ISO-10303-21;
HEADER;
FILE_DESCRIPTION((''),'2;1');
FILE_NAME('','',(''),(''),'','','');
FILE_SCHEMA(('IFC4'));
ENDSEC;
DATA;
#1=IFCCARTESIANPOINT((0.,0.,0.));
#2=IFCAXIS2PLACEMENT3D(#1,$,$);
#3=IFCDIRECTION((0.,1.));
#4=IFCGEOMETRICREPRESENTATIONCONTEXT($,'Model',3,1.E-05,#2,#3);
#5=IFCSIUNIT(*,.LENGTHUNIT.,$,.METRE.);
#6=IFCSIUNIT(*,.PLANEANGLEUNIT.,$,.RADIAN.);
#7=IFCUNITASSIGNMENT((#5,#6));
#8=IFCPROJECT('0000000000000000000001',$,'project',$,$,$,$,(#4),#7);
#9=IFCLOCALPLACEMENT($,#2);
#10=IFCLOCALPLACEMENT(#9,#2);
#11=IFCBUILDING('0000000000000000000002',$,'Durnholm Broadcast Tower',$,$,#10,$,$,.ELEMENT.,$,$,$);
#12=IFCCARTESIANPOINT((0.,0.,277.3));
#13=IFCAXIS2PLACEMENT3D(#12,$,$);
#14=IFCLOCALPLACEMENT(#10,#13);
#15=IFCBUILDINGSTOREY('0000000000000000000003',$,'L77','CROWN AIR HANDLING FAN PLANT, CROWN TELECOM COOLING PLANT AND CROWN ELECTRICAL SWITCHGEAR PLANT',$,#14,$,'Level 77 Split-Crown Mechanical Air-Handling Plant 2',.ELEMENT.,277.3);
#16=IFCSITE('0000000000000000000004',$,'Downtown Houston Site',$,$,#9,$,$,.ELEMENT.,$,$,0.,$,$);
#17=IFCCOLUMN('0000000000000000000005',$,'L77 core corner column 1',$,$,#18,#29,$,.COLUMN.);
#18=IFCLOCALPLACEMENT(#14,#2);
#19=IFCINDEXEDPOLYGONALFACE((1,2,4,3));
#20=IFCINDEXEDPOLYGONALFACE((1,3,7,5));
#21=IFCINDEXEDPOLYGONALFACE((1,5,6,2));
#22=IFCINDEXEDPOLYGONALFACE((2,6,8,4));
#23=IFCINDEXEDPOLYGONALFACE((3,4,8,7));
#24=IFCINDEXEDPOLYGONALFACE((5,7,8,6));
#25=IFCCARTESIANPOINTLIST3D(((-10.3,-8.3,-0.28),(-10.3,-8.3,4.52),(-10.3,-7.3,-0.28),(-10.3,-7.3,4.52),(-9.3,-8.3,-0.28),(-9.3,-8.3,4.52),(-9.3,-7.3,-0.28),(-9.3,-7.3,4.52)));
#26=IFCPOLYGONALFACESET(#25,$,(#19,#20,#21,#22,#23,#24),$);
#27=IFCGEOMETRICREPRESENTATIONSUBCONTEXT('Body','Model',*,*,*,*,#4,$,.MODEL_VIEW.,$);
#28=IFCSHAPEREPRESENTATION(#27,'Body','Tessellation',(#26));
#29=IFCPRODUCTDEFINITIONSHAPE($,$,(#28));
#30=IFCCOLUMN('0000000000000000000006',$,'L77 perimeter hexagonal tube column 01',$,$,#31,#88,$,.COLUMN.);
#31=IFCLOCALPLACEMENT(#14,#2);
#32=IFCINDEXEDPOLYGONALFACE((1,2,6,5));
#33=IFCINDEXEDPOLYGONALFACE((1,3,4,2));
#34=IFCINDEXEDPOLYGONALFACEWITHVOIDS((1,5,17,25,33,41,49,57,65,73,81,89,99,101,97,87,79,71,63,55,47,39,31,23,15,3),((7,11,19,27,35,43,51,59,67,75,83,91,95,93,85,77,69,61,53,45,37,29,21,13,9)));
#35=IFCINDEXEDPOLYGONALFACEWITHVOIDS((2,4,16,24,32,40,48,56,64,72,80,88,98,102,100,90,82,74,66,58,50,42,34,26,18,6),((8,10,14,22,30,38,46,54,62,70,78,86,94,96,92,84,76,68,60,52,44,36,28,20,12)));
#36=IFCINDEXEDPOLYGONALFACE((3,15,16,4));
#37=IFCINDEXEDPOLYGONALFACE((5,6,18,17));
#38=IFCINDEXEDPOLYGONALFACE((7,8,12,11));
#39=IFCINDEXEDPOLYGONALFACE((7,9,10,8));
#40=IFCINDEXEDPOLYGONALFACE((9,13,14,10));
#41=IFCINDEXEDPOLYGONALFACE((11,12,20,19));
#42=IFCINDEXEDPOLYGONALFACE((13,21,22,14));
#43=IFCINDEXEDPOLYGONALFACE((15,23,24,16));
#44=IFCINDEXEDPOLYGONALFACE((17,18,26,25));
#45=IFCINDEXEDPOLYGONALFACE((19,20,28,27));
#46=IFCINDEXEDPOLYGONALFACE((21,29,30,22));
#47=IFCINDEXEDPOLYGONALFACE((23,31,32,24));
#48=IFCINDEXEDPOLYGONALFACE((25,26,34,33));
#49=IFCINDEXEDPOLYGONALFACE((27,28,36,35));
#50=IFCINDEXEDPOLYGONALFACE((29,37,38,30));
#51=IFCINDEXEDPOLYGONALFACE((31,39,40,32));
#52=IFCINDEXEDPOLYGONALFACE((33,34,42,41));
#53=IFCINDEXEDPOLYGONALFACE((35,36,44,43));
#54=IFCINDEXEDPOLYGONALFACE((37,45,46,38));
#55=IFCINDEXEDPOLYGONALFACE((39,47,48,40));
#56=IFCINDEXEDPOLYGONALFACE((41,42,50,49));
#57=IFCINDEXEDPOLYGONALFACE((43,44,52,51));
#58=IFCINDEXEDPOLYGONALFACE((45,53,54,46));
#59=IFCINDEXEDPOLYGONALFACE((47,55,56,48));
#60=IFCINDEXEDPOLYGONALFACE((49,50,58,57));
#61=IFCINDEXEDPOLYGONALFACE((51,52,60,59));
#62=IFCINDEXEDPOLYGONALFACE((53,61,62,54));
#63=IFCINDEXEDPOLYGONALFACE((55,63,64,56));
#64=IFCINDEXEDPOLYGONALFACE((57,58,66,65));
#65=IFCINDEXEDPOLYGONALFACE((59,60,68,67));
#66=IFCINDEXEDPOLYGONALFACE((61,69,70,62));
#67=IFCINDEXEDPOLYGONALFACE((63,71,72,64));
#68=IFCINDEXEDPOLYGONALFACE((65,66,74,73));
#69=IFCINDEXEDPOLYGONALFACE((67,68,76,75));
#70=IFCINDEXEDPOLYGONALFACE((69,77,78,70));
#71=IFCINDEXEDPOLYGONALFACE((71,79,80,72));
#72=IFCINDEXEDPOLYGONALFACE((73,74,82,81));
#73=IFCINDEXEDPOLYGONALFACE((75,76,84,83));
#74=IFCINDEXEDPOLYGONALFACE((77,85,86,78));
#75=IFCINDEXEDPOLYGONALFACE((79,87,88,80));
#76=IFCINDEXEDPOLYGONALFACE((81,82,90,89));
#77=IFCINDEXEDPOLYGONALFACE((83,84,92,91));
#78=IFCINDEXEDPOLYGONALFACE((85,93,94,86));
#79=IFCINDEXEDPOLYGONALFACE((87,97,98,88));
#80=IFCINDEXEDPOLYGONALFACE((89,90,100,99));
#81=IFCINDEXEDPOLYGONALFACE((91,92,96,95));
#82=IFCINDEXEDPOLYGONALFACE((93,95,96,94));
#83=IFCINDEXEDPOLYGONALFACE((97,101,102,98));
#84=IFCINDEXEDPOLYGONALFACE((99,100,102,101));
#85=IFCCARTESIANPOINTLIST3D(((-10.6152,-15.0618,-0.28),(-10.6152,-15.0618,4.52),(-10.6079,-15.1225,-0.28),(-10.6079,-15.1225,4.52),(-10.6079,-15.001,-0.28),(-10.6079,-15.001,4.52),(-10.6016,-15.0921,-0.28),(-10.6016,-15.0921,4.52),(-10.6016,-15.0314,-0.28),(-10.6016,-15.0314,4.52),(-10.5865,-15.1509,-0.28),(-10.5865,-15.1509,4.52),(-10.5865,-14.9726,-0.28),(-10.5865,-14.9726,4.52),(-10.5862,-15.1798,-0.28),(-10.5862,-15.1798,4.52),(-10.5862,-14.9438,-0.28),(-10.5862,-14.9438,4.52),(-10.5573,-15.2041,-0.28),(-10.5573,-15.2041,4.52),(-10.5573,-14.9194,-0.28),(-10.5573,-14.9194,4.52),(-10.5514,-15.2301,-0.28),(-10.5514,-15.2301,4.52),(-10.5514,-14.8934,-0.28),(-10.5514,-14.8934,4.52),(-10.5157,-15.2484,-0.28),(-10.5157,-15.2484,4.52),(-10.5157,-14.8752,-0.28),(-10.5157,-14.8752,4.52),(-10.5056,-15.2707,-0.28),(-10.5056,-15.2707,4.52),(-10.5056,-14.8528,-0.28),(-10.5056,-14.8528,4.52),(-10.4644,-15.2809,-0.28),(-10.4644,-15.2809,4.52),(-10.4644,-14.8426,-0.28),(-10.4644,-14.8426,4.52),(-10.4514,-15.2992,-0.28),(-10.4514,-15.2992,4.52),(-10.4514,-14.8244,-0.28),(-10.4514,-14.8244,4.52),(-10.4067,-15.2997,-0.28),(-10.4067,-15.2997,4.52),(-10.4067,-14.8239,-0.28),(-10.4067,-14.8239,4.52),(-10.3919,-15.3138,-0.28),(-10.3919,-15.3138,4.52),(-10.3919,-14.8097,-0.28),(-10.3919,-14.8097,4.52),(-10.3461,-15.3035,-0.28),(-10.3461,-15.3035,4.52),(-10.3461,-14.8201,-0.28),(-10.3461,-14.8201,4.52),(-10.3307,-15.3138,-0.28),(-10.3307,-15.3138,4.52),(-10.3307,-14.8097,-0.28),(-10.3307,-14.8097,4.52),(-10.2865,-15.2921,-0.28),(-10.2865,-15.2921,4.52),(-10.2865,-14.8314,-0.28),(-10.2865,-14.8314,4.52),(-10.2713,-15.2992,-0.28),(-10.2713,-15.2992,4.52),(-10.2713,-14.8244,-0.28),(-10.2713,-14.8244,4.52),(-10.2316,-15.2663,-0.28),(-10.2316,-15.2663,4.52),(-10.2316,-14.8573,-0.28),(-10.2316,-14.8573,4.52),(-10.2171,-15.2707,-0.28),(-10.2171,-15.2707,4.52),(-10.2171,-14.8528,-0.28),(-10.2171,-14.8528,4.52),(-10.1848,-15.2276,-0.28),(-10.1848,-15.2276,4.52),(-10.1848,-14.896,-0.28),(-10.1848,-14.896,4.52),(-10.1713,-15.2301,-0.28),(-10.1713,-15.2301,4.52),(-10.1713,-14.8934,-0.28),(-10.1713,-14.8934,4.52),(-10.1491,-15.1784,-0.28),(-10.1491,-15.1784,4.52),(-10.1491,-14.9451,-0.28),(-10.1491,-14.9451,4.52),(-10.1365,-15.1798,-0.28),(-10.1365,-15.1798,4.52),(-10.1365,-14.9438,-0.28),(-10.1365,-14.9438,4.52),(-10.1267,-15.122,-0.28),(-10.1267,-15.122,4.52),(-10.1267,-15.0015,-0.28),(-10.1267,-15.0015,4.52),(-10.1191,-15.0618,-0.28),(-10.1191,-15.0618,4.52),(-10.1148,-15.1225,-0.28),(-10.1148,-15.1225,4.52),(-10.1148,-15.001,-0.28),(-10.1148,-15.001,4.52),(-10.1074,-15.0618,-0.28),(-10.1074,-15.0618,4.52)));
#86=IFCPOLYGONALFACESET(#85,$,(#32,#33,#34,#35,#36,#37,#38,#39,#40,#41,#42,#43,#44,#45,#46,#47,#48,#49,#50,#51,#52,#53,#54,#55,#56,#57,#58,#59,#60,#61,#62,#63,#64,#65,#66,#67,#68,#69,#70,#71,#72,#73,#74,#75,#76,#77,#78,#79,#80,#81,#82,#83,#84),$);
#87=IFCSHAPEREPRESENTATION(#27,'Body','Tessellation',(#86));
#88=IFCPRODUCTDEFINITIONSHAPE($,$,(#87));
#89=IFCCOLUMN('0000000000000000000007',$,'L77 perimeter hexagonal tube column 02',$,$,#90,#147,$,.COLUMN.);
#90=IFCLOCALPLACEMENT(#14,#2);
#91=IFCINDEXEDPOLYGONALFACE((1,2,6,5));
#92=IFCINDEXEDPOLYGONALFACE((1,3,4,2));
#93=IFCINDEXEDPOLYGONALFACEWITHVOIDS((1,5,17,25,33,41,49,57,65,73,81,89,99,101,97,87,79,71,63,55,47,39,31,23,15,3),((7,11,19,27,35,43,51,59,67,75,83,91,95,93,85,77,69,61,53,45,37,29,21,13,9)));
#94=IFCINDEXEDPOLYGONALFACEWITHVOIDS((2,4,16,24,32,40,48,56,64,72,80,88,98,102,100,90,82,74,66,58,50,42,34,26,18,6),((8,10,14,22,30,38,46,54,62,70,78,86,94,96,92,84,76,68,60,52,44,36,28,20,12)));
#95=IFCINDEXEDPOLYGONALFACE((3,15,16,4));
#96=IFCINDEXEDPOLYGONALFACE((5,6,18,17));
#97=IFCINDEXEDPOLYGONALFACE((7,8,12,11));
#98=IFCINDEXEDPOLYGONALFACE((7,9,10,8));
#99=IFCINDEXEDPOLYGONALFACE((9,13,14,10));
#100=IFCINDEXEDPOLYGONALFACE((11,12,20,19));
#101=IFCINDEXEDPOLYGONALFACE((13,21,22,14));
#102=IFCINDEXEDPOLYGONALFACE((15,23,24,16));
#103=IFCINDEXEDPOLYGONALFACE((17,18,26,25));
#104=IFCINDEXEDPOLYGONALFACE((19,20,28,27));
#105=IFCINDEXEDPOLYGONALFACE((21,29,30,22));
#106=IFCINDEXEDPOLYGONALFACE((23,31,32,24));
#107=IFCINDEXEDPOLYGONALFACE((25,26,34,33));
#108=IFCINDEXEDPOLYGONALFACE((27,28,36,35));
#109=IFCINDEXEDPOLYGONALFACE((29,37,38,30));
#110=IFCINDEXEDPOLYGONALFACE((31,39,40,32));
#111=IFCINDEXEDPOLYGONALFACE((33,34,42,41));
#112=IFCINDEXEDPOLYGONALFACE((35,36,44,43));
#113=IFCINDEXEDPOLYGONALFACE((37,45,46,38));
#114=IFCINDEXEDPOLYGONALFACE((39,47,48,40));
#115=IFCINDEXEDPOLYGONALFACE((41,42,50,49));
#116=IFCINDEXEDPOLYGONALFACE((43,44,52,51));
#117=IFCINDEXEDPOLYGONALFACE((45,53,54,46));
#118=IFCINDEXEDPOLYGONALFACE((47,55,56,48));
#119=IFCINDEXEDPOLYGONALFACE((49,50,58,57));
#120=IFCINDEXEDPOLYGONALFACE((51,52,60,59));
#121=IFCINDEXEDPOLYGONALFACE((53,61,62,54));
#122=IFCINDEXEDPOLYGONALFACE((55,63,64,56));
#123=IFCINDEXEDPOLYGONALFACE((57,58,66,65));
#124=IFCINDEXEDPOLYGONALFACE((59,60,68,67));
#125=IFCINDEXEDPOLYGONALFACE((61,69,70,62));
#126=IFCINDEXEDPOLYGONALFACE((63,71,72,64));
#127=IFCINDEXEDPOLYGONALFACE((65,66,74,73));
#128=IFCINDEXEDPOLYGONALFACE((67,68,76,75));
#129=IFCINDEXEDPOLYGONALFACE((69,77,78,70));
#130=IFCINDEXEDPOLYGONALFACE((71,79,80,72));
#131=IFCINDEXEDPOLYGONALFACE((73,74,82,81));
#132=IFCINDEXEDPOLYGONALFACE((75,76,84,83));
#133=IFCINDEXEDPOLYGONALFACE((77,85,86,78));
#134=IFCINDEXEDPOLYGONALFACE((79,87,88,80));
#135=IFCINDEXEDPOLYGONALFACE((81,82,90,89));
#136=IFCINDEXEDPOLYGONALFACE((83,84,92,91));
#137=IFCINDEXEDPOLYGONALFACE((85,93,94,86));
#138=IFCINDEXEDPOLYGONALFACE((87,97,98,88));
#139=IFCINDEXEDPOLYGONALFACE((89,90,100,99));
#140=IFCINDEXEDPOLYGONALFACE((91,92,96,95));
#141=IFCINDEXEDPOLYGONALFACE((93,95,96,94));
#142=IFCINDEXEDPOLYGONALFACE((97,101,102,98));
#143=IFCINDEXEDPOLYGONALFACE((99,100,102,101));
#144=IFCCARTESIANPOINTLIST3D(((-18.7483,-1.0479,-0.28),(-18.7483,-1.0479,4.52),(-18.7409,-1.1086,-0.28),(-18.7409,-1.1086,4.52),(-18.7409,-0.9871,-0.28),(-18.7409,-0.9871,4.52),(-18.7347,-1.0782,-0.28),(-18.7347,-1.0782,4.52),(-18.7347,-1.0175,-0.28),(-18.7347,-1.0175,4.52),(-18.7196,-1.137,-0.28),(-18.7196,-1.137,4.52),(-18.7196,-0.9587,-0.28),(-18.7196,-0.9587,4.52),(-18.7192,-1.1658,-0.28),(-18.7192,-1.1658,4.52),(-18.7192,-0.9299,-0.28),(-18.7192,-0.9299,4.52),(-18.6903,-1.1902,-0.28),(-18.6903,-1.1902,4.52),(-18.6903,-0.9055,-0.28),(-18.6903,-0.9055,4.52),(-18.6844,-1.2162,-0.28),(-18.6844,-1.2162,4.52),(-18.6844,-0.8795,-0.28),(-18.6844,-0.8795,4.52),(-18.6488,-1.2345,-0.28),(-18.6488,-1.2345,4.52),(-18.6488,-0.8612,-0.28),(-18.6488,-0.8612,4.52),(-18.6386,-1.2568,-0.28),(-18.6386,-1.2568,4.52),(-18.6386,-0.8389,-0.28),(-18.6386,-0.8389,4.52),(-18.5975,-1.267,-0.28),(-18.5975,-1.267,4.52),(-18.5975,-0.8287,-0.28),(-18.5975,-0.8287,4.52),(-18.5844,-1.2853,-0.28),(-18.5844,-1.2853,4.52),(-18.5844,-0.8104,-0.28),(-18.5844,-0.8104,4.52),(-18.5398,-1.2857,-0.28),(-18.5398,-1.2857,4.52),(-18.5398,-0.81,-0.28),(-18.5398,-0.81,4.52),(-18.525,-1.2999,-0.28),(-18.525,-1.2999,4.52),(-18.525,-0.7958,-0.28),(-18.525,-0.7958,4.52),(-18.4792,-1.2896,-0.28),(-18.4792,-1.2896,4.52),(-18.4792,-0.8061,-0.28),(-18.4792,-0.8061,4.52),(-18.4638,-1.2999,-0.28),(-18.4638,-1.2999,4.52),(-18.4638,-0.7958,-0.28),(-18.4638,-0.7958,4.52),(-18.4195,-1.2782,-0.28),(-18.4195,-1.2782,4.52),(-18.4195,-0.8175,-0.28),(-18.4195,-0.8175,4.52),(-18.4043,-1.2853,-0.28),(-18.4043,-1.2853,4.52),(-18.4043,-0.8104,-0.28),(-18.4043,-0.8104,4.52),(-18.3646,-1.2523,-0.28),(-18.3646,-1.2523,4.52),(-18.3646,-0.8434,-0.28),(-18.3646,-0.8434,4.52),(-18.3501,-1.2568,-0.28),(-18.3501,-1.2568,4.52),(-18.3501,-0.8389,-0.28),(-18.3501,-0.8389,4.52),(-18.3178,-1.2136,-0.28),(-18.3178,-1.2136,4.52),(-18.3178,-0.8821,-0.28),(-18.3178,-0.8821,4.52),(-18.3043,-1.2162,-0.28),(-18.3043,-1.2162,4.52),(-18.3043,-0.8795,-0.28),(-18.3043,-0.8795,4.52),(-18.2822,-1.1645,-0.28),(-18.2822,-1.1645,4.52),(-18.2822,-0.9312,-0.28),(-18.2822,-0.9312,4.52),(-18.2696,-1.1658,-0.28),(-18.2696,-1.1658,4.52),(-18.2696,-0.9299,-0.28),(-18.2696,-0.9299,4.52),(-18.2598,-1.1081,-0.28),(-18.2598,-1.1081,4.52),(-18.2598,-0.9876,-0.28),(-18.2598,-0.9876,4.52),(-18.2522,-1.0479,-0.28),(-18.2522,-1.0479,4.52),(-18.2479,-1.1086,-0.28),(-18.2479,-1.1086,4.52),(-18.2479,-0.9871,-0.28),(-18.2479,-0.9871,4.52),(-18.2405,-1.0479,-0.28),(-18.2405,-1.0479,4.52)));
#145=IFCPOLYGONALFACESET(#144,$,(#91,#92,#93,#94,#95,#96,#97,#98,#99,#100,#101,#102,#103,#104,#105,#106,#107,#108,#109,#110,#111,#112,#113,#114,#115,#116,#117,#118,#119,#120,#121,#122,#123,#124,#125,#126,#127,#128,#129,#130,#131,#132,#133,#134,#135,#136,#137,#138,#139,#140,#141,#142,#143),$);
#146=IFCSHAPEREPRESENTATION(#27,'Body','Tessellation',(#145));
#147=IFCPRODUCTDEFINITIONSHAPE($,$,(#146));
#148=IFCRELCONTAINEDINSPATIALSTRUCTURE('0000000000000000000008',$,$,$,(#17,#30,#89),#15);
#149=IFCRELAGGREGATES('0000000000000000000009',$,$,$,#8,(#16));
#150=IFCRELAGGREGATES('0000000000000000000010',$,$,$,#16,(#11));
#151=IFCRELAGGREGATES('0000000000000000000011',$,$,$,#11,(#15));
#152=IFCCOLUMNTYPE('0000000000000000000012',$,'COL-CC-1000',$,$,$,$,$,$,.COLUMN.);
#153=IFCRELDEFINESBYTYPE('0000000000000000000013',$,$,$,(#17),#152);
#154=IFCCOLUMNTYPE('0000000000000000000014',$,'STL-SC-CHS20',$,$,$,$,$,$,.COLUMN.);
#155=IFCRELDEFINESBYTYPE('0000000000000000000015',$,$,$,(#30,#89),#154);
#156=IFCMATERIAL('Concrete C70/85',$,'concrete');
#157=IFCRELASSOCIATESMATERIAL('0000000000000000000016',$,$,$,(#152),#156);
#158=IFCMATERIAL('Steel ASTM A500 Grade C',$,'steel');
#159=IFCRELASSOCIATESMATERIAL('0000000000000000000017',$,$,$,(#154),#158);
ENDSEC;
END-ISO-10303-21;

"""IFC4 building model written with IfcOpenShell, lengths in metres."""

from ifc_helpers import new_model, si_unit, direction, frame, origin, origin_2d, place, context, subcontext, project, spatial, rectangle, hollow_circle, extrude, source, transform, mapped, material, material_profile, profile_set, type_object, type_shapes, element, save


model = new_model("IFC4")

# Units and contexts
model_context = context("Model", 3, precision=1e-05, world=origin(), true_north=direction((0.0, 1.0)))
body_context = subcontext(model_context, "Body", "Model", "MODEL_VIEW")
ifc_project = project(units=[si_unit("LENGTHUNIT", "METRE"), si_unit("PLANEANGLEUNIT", "RADIAN")], contexts=[model_context])

# Site, building, storey
site_placement = place(None, origin())
site = spatial("IfcSite", under=ifc_project, at=site_placement, Name="Downtown Houston Site", CompositionType="ELEMENT", RefElevation=0.0)
building_placement = place(site_placement, origin())
building = spatial("IfcBuilding", under=site, at=building_placement, Name="Durnholm Broadcast Tower", CompositionType="ELEMENT")
storey_placement = place(building_placement, frame((0.0, 0.0, 277.3)))
storey = spatial("IfcBuildingStorey", under=building, at=storey_placement, Name="L77", Description="CROWN AIR HANDLING FAN PLANT, CROWN TELECOM COOLING PLANT AND CROWN ELECTRICAL SWITCHGEAR PLANT", LongName="Level 77 Split-Crown Mechanical Air-Handling Plant 2", CompositionType="ELEMENT", Elevation=277.3)

# Columns
ifc_material_1 = material(Name="Concrete C70/85", Category="concrete")
ifc_material_profile_1 = material_profile(ifc_material_1, rectangle(XDim=1.0, YDim=1.0, at=origin_2d()), Name="RC1000X1000")
ifc_profile_set_1 = profile_set([ifc_material_profile_1], Name="Concrete C70/85")
column_type_1 = type_object("IfcColumnType", Name="COL-CC-1000", PredefinedType="COLUMN", material=ifc_profile_set_1)
shared_shape_1 = source(origin(), body_context, "Body", "SweptSolid", [
    extrude(rectangle(XDim=1.0, YDim=1.0, at=origin_2d()), origin(), (0.0, 0.0, 1.0), 4.8),
])
type_shapes(column_type_1, [shared_shape_1])
column_placement = place(storey_placement, frame((-9.8, -7.8, -0.28), z_axis=(0.0, 0.0, 1.0), x_axis=(1.0, 0.0, 0.0)))
element("IfcColumn", 1, at=column_placement, inside=storey, type_object=column_type_1, Name="L77 core corner column 1", PredefinedType="COLUMN", context=body_context, shape_type="MappedRepresentation", body=[
    mapped(shared_shape_1, transform((0.0, 0.0, 0.0), x_axis=(1.0, 0.0, 0.0), y_axis=(0.0, 1.0, 0.0), z_axis=(0.0, 0.0, 1.0), scale=1.0)),
])
ifc_material_2 = material(Name="Steel ASTM A500 Grade C", Category="steel")
ifc_material_profile_2 = material_profile(ifc_material_2, hollow_circle(Radius=0.2539, WallThickness=0.0117, at=origin_2d()), Name="HSS20.000X0.500")
ifc_profile_set_2 = profile_set([ifc_material_profile_2], Name="Steel ASTM A500 Grade C")
column_type_2 = type_object("IfcColumnType", Name="STL-SC-CHS20", PredefinedType="COLUMN", material=ifc_profile_set_2)
shared_shape_2 = source(origin(), body_context, "Body", "SweptSolid", [
    extrude(hollow_circle(Radius=0.2539, WallThickness=0.0117, at=origin_2d()), origin(), (0.0, 0.0, 1.0), 4.8),
])
type_shapes(column_type_2, [shared_shape_2])
for number, where, z_axis, x_axis, name in (
    (2, (-10.3613, -15.0618, -0.28), (0.0, 0.0, 1.0), (1.0, 0.0, 0.0), "L77 perimeter hexagonal tube column 01"),
    (3, (-18.4944, -1.0479, -0.28), (0.0, 0.0, 1.0), (1.0, 0.0, 0.0), "L77 perimeter hexagonal tube column 02"),
):
    element("IfcColumn", number, at=place(storey_placement, frame(where, z_axis=z_axis, x_axis=x_axis)), inside=storey, type_object=column_type_2, Name=name, PredefinedType="COLUMN", context=body_context, shape_type="MappedRepresentation", body=[
        mapped(shared_shape_2, transform((0.0, 0.0, 0.0), x_axis=(1.0, 0.0, 0.0), y_axis=(0.0, 1.0, 0.0), z_axis=(0.0, 0.0, 1.0), scale=1.0)),
    ])

save(model, "model.ifc")
